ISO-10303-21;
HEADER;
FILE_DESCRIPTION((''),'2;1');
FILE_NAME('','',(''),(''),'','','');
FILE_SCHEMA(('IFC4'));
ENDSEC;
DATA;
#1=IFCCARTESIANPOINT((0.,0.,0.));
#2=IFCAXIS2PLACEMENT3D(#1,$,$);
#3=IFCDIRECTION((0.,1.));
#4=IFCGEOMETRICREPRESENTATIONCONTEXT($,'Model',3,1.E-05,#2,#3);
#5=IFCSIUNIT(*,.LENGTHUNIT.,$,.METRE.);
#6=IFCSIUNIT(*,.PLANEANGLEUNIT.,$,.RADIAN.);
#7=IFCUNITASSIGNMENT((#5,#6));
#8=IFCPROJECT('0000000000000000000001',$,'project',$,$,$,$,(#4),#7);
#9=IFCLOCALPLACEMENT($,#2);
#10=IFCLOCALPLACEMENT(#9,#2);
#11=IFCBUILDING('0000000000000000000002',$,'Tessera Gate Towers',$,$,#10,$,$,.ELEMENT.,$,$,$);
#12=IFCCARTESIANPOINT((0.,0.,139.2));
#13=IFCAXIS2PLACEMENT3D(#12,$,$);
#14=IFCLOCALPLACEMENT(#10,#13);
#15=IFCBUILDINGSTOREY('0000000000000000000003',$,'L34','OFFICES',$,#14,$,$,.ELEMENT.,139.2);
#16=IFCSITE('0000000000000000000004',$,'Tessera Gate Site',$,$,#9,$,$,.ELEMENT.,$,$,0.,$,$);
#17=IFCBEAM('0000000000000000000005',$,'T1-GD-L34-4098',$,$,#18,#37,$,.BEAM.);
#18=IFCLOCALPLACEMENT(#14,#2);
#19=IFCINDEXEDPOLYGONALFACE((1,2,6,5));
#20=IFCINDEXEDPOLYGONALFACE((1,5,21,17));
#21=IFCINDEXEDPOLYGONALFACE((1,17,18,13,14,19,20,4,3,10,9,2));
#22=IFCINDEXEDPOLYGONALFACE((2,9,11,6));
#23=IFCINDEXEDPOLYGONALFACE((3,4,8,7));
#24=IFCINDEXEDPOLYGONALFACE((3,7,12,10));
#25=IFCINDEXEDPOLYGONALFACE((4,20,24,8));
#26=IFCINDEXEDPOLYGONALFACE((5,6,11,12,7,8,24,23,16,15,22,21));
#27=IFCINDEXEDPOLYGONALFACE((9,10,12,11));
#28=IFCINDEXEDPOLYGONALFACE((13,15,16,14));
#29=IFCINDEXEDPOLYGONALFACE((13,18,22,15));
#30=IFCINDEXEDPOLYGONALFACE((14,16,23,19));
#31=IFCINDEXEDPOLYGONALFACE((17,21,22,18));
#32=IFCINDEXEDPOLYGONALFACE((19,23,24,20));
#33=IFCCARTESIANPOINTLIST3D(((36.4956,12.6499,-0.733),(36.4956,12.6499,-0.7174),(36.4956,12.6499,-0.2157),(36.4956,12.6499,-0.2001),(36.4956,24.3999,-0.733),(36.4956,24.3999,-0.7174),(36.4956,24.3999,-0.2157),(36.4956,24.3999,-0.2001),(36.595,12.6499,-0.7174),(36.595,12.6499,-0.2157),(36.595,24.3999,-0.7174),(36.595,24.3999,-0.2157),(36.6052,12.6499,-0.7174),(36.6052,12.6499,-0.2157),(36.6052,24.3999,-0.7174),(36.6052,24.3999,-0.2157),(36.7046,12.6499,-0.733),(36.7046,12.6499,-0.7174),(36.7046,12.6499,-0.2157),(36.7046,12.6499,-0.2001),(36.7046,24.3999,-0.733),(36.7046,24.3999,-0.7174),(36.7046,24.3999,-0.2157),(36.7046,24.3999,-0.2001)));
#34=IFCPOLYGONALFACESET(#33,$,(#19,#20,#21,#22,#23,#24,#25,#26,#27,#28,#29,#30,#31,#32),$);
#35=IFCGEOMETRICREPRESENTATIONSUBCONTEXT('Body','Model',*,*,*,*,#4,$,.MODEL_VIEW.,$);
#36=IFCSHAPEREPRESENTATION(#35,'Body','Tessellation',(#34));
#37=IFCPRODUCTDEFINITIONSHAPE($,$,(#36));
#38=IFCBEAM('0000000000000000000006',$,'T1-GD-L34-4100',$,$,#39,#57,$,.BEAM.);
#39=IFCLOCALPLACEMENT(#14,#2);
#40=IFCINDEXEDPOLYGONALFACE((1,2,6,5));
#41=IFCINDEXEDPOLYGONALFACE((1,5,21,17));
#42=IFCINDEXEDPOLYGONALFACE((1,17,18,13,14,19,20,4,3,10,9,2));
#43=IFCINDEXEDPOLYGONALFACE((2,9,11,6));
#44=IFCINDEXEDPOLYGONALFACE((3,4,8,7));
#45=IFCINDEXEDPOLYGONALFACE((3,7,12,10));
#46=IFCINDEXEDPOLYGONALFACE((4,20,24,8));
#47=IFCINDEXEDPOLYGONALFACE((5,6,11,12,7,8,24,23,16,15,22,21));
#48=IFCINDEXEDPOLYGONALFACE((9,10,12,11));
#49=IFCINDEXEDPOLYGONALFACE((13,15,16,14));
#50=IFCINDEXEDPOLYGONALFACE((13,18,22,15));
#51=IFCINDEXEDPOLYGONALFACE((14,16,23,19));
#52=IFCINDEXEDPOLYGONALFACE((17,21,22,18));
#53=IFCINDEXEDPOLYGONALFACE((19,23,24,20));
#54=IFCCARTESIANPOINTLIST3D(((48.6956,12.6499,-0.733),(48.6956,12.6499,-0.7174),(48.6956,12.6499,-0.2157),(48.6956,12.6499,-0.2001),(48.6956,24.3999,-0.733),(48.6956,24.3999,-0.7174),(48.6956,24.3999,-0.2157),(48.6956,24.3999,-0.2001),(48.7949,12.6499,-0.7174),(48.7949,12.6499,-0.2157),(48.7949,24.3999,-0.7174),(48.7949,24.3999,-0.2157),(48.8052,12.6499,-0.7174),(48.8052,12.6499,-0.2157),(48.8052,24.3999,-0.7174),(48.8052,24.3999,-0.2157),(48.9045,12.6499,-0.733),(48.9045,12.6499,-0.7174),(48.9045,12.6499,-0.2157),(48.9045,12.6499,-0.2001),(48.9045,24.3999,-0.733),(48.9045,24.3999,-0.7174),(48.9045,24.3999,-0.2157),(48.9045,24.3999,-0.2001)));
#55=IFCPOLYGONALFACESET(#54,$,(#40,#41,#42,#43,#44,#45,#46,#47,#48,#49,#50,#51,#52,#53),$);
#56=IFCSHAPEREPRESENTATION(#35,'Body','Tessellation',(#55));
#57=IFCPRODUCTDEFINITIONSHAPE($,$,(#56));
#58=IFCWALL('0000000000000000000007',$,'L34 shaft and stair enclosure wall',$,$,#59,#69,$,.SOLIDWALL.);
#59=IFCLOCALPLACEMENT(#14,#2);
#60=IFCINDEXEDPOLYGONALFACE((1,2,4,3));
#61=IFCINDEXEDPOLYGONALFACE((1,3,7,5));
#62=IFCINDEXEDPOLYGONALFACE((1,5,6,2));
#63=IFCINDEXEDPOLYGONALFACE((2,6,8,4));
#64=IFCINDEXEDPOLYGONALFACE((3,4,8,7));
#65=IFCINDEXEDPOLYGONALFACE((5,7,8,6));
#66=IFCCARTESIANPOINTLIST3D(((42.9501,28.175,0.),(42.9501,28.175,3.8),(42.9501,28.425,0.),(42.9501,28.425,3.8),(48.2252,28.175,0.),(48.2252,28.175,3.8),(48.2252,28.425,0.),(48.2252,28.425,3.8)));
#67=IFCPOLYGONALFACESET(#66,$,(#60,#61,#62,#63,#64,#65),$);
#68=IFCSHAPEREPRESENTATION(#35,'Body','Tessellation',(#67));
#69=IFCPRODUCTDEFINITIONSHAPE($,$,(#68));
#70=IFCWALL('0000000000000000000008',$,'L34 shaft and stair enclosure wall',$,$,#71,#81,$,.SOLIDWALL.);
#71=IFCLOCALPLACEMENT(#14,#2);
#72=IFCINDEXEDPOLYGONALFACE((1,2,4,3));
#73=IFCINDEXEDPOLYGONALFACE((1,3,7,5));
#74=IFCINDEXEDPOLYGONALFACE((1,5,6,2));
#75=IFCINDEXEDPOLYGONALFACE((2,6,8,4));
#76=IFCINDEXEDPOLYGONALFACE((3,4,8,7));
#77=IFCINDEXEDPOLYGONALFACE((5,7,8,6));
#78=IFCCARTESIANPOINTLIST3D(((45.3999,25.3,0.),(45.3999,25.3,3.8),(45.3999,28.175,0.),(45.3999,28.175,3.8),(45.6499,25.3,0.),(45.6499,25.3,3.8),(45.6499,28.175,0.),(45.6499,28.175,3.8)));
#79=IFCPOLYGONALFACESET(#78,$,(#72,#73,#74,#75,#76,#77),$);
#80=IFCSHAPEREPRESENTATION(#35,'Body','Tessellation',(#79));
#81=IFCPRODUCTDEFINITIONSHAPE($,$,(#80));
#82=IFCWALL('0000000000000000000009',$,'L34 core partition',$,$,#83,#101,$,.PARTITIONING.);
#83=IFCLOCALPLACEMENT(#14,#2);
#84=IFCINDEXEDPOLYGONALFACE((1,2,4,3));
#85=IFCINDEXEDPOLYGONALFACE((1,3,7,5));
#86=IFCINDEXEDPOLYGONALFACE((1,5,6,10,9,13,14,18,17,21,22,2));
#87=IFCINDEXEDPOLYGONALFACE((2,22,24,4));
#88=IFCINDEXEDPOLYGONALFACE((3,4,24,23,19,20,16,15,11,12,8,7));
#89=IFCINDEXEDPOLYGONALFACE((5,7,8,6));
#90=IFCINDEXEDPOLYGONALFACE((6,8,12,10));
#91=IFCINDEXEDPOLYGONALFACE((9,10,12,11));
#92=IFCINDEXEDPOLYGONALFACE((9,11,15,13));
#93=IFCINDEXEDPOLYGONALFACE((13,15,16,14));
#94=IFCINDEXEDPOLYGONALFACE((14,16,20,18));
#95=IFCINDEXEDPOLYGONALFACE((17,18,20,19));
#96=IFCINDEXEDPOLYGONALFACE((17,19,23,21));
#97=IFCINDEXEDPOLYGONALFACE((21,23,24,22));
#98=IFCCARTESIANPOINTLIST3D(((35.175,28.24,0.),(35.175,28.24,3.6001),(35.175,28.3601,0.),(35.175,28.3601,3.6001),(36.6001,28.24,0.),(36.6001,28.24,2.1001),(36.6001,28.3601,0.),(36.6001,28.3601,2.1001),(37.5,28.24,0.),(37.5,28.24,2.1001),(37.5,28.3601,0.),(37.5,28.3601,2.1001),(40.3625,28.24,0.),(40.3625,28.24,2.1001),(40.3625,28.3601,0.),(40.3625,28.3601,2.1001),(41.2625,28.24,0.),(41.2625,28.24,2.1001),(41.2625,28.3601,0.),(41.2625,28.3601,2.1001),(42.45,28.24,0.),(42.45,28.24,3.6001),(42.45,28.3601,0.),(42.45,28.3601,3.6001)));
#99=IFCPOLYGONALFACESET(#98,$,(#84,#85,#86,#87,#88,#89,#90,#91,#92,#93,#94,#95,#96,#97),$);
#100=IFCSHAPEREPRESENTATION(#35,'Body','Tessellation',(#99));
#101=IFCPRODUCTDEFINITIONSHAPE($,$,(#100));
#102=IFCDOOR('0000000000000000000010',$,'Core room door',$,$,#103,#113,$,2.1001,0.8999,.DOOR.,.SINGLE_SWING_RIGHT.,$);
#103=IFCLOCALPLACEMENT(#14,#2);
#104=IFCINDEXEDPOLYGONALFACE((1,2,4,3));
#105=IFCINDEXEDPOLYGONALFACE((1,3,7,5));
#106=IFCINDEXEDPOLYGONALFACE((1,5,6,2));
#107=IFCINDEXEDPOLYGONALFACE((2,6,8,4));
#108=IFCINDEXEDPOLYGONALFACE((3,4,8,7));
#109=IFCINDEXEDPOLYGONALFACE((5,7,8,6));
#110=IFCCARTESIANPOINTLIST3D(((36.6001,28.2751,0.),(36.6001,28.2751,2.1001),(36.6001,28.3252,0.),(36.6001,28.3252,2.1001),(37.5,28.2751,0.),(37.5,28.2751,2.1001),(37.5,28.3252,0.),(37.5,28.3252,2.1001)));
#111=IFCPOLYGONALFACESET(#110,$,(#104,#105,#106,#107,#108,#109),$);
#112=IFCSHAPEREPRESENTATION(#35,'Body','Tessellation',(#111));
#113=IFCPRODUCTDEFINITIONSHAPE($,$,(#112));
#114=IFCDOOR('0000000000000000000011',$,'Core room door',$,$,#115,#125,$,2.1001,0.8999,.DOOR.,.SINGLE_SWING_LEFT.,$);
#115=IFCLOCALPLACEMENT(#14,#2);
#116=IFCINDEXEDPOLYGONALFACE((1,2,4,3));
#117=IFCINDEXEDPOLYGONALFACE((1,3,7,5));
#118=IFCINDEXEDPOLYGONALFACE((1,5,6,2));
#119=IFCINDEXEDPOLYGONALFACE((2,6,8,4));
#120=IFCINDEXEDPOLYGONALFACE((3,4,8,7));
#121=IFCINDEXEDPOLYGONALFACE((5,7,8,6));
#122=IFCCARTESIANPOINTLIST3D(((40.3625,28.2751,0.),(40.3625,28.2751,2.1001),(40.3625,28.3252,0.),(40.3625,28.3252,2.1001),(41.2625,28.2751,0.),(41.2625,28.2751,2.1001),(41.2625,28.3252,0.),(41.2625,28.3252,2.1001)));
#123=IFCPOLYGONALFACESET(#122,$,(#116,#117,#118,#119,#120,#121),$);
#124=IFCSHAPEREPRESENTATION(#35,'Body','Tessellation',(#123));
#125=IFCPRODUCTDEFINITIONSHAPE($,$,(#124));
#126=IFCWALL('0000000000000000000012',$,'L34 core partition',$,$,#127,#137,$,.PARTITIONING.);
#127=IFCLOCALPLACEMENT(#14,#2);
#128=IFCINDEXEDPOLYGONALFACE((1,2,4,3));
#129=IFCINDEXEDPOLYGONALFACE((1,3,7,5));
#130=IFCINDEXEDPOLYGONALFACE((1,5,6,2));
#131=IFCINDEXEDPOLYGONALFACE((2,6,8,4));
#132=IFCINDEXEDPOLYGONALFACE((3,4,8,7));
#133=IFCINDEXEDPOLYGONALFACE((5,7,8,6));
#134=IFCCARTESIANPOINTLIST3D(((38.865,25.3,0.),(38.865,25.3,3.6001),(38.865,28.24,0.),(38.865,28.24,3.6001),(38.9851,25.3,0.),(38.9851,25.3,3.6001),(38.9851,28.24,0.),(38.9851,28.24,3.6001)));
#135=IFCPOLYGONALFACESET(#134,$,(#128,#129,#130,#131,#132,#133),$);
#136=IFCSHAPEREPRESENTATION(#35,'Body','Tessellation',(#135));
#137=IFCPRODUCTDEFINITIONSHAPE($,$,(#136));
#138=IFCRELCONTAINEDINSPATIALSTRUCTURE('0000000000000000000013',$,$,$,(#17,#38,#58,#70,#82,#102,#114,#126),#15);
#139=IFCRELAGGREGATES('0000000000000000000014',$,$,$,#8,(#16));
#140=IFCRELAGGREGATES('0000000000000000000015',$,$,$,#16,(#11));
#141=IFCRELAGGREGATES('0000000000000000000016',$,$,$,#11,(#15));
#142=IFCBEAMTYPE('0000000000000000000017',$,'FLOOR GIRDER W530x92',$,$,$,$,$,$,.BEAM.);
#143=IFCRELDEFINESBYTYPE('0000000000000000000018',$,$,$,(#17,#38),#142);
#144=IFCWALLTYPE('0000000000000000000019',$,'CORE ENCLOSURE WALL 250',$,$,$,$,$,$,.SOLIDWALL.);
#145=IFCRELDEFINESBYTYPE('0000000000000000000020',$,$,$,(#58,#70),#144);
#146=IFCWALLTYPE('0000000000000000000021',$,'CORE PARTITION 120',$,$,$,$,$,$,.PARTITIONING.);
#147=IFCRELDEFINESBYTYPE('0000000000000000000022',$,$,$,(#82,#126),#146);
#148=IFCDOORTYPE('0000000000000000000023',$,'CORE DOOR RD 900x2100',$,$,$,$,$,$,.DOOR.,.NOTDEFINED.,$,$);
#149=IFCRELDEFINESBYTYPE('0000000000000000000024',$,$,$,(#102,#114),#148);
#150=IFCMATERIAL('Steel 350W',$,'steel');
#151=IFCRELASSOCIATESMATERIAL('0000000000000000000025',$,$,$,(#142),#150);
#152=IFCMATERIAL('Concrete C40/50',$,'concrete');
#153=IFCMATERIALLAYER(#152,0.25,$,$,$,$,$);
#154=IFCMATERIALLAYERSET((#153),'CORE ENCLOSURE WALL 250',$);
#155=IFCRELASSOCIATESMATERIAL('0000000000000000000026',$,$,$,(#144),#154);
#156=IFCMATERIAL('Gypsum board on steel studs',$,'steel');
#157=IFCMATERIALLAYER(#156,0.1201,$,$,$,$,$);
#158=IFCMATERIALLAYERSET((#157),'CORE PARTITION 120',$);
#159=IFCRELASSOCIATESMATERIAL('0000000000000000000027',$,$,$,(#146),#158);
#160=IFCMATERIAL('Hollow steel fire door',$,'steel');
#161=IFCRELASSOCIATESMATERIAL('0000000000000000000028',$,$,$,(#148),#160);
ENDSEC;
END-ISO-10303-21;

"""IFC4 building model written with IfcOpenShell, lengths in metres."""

from ifc_helpers import new_model, si_unit, direction, frame, frame_2d, origin, origin_2d, place, context, subcontext, project, spatial, rectangle, i_section, extrude, source, transform, mapped, material, layer, layer_set, material_profile, profile_set, type_object, element, fill, save


model = new_model("IFC4")

# Units and contexts
model_context = context("Model", 3, precision=1e-05, world=origin(), true_north=direction((0.0, 1.0)))
body_context = subcontext(model_context, "Body", "Model", "MODEL_VIEW")
ifc_project = project(units=[si_unit("LENGTHUNIT", "METRE"), si_unit("PLANEANGLEUNIT", "RADIAN")], contexts=[model_context])

# Site, building, storey
site_placement = place(None, origin())
site = spatial("IfcSite", under=ifc_project, at=site_placement, Name="Tessera Gate Site", CompositionType="ELEMENT", RefElevation=0.0)
building_placement = place(site_placement, origin())
building = spatial("IfcBuilding", under=site, at=building_placement, Name="Tessera Gate Towers", CompositionType="ELEMENT")
storey_placement = place(building_placement, frame((0.0, 0.0, 139.2)))
storey = spatial("IfcBuildingStorey", under=building, at=storey_placement, Name="L34", Description="OFFICES", CompositionType="ELEMENT", Elevation=139.2)

# Beams
ifc_material_1 = material(Name="Steel 350W", Category="steel")
ifc_material_profile = material_profile(ifc_material_1, i_section(OverallWidth=0.209, OverallDepth=0.533, WebThickness=0.0103, FlangeThickness=0.0156, at=origin_2d()), Name="W530x92")
ifc_profile_set = profile_set([ifc_material_profile], Name="Steel 350W")
beam_type = type_object("IfcBeamType", Name="FLOOR GIRDER W530x92", PredefinedType="BEAM", material=ifc_profile_set)
for number, where, z_axis, x_axis, name in (
    (1, (36.6001, 12.6499, -0.4666), (0.0, 1.0, 0.0), (-1.0, 0.0, 0.0), "T1-GD-L34-4098"),
    (2, (48.8, 12.6499, -0.4666), (0.0, 1.0, 0.0), (-1.0, 0.0, 0.0), "T1-GD-L34-4100"),
):
    element("IfcBeam", number, at=place(storey_placement, frame(where, z_axis=z_axis, x_axis=x_axis)), inside=storey, type_object=beam_type, Name=name, PredefinedType="BEAM", context=body_context, shape_type="SweptSolid", body=[
        extrude(i_section(OverallWidth=0.209, OverallDepth=0.533, WebThickness=0.0103, FlangeThickness=0.0156, at=origin_2d()), origin(), (0.0, 0.0, 1.0), 11.75),
    ])

# Walls
ifc_material_2 = material(Name="Concrete C40/50", Category="concrete")
ifc_layer_1 = layer(ifc_material_2, 0.25)
ifc_layer_set_1 = layer_set([ifc_layer_1], Name="CORE ENCLOSURE WALL 250")
wall_type_1 = type_object("IfcWallType", Name="CORE ENCLOSURE WALL 250", PredefinedType="SOLIDWALL", material=ifc_layer_set_1)
wall_1_placement = place(storey_placement, frame((42.95, 28.3, 0.0), z_axis=(0.0, 0.0, 1.0), x_axis=(1.0, 0.0, 0.0)))
element("IfcWall", 3, at=wall_1_placement, inside=storey, type_object=wall_type_1, Name="L34 shaft and stair enclosure wall", PredefinedType="SOLIDWALL", context=body_context, shape_type="SweptSolid", body=[
    extrude(rectangle(XDim=5.2751, YDim=0.25, at=frame_2d((2.6377, 0.0))), origin(), (0.0, 0.0, 1.0), 3.8),
])
wall_2_placement = place(storey_placement, frame((45.5249, 25.3, 0.0), z_axis=(0.0, 0.0, 1.0), x_axis=(0.0, 1.0, 0.0)))
element("IfcWall", 4, at=wall_2_placement, inside=storey, type_object=wall_type_1, Name="L34 shaft and stair enclosure wall", PredefinedType="SOLIDWALL", context=body_context, shape_type="SweptSolid", body=[
    extrude(rectangle(XDim=2.875, YDim=0.25, at=frame_2d((1.4375, 0.0))), origin(), (0.0, 0.0, 1.0), 3.8),
])

# Wall, openings, doors
ifc_material_3 = material(Name="Gypsum board on steel studs", Category="steel")
ifc_layer_2 = layer(ifc_material_3, 0.1201)
ifc_layer_set_2 = layer_set([ifc_layer_2], Name="CORE PARTITION 120")
wall_type_2 = type_object("IfcWallType", Name="CORE PARTITION 120", PredefinedType="PARTITIONING", material=ifc_layer_set_2)
wall_3_placement = place(storey_placement, frame((42.45, 28.3, 0.0), z_axis=(0.0, 0.0, 1.0), x_axis=(-1.0, 0.0, 0.0)))
wall_3 = element("IfcWall", 5, at=wall_3_placement, inside=storey, type_object=wall_type_2, Name="L34 core partition", PredefinedType="PARTITIONING", context=body_context, shape_type="SweptSolid", body=[
    extrude(rectangle(XDim=7.2749, YDim=0.1201, at=frame_2d((3.6375, 0.0))), origin(), (0.0, 0.0, 1.0), 3.6001),
])
shared_shape_1 = source(origin(), body_context, "Body", "SweptSolid", [
    extrude(rectangle(XDim=0.8999, YDim=2.1001, at=frame_2d((0.45, 1.05))), frame((0.0, 0.0701, 0.0), z_axis=(0.0, -1.0, 0.0), x_axis=(1.0, 0.0, 0.0)), (0.0, 0.0, 1.0), 0.1401),
])
opening_1_placement = place(wall_3_placement, frame((4.95, 0.0, 0.0)))
opening_1 = element("IfcOpeningElement", 6, at=opening_1_placement, cuts=wall_3, PredefinedType="OPENING", context=body_context, shape_type="MappedRepresentation", body=[
    mapped(shared_shape_1, transform((0.0, 0.0, 0.0), scale=1.0)),
])
opening_2_placement = place(wall_3_placement, frame((1.1875, 0.0, 0.0)))
opening_2 = element("IfcOpeningElement", 7, at=opening_2_placement, cuts=wall_3, PredefinedType="OPENING", context=body_context, shape_type="MappedRepresentation", body=[
    mapped(shared_shape_1, transform((0.0, 0.0, 0.0), scale=1.0)),
])
ifc_material_4 = material(Name="Hollow steel fire door", Category="steel")
door_type_1 = type_object("IfcDoorType", Name="CORE DOOR RD 900x2100", OperationType="NOTDEFINED", PredefinedType="DOOR", material=ifc_material_4)
shared_shape_2 = source(origin(), body_context, "Body", "SweptSolid", [
    extrude(rectangle(XDim=0.8999, YDim=2.1001, at=frame_2d((0.45, 1.05))), frame((0.0, 0.0249, 0.0), z_axis=(0.0, -1.0, 0.0), x_axis=(1.0, 0.0, 0.0)), (0.0, 0.0, 1.0), 0.05),
])
door_1_placement = place(opening_1_placement, origin())
door_1 = element("IfcDoor", 8, at=door_1_placement, inside=storey, type_object=door_type_1, Name="Core room door", OperationType="SINGLE_SWING_RIGHT", OverallHeight=2.1001, OverallWidth=0.8999, PredefinedType="DOOR", context=body_context, shape_type="MappedRepresentation", body=[
    mapped(shared_shape_2, transform((0.0, 0.0, 0.0), scale=1.0)),
])
fill(opening_1, door_1)
door_2_placement = place(opening_2_placement, origin())
door_2 = element("IfcDoor", 9, at=door_2_placement, inside=storey, type_object=door_type_1, Name="Core room door", OperationType="SINGLE_SWING_LEFT", OverallHeight=2.1001, OverallWidth=0.8999, PredefinedType="DOOR", context=body_context, shape_type="MappedRepresentation", body=[
    mapped(shared_shape_2, transform((0.0, 0.0, 0.0), scale=1.0)),
])
fill(opening_2, door_2)

# Wall
wall_4_placement = place(storey_placement, frame((38.925, 25.3, 0.0), z_axis=(0.0, 0.0, 1.0), x_axis=(0.0, 1.0, 0.0)))
element("IfcWall", 10, at=wall_4_placement, inside=storey, type_object=wall_type_2, Name="L34 core partition", PredefinedType="PARTITIONING", context=body_context, shape_type="SweptSolid", body=[
    extrude(rectangle(XDim=2.9399, YDim=0.1201, at=frame_2d((1.47, 0.0))), origin(), (0.0, 0.0, 1.0), 3.6001),
])

save(model, "model.ifc")
